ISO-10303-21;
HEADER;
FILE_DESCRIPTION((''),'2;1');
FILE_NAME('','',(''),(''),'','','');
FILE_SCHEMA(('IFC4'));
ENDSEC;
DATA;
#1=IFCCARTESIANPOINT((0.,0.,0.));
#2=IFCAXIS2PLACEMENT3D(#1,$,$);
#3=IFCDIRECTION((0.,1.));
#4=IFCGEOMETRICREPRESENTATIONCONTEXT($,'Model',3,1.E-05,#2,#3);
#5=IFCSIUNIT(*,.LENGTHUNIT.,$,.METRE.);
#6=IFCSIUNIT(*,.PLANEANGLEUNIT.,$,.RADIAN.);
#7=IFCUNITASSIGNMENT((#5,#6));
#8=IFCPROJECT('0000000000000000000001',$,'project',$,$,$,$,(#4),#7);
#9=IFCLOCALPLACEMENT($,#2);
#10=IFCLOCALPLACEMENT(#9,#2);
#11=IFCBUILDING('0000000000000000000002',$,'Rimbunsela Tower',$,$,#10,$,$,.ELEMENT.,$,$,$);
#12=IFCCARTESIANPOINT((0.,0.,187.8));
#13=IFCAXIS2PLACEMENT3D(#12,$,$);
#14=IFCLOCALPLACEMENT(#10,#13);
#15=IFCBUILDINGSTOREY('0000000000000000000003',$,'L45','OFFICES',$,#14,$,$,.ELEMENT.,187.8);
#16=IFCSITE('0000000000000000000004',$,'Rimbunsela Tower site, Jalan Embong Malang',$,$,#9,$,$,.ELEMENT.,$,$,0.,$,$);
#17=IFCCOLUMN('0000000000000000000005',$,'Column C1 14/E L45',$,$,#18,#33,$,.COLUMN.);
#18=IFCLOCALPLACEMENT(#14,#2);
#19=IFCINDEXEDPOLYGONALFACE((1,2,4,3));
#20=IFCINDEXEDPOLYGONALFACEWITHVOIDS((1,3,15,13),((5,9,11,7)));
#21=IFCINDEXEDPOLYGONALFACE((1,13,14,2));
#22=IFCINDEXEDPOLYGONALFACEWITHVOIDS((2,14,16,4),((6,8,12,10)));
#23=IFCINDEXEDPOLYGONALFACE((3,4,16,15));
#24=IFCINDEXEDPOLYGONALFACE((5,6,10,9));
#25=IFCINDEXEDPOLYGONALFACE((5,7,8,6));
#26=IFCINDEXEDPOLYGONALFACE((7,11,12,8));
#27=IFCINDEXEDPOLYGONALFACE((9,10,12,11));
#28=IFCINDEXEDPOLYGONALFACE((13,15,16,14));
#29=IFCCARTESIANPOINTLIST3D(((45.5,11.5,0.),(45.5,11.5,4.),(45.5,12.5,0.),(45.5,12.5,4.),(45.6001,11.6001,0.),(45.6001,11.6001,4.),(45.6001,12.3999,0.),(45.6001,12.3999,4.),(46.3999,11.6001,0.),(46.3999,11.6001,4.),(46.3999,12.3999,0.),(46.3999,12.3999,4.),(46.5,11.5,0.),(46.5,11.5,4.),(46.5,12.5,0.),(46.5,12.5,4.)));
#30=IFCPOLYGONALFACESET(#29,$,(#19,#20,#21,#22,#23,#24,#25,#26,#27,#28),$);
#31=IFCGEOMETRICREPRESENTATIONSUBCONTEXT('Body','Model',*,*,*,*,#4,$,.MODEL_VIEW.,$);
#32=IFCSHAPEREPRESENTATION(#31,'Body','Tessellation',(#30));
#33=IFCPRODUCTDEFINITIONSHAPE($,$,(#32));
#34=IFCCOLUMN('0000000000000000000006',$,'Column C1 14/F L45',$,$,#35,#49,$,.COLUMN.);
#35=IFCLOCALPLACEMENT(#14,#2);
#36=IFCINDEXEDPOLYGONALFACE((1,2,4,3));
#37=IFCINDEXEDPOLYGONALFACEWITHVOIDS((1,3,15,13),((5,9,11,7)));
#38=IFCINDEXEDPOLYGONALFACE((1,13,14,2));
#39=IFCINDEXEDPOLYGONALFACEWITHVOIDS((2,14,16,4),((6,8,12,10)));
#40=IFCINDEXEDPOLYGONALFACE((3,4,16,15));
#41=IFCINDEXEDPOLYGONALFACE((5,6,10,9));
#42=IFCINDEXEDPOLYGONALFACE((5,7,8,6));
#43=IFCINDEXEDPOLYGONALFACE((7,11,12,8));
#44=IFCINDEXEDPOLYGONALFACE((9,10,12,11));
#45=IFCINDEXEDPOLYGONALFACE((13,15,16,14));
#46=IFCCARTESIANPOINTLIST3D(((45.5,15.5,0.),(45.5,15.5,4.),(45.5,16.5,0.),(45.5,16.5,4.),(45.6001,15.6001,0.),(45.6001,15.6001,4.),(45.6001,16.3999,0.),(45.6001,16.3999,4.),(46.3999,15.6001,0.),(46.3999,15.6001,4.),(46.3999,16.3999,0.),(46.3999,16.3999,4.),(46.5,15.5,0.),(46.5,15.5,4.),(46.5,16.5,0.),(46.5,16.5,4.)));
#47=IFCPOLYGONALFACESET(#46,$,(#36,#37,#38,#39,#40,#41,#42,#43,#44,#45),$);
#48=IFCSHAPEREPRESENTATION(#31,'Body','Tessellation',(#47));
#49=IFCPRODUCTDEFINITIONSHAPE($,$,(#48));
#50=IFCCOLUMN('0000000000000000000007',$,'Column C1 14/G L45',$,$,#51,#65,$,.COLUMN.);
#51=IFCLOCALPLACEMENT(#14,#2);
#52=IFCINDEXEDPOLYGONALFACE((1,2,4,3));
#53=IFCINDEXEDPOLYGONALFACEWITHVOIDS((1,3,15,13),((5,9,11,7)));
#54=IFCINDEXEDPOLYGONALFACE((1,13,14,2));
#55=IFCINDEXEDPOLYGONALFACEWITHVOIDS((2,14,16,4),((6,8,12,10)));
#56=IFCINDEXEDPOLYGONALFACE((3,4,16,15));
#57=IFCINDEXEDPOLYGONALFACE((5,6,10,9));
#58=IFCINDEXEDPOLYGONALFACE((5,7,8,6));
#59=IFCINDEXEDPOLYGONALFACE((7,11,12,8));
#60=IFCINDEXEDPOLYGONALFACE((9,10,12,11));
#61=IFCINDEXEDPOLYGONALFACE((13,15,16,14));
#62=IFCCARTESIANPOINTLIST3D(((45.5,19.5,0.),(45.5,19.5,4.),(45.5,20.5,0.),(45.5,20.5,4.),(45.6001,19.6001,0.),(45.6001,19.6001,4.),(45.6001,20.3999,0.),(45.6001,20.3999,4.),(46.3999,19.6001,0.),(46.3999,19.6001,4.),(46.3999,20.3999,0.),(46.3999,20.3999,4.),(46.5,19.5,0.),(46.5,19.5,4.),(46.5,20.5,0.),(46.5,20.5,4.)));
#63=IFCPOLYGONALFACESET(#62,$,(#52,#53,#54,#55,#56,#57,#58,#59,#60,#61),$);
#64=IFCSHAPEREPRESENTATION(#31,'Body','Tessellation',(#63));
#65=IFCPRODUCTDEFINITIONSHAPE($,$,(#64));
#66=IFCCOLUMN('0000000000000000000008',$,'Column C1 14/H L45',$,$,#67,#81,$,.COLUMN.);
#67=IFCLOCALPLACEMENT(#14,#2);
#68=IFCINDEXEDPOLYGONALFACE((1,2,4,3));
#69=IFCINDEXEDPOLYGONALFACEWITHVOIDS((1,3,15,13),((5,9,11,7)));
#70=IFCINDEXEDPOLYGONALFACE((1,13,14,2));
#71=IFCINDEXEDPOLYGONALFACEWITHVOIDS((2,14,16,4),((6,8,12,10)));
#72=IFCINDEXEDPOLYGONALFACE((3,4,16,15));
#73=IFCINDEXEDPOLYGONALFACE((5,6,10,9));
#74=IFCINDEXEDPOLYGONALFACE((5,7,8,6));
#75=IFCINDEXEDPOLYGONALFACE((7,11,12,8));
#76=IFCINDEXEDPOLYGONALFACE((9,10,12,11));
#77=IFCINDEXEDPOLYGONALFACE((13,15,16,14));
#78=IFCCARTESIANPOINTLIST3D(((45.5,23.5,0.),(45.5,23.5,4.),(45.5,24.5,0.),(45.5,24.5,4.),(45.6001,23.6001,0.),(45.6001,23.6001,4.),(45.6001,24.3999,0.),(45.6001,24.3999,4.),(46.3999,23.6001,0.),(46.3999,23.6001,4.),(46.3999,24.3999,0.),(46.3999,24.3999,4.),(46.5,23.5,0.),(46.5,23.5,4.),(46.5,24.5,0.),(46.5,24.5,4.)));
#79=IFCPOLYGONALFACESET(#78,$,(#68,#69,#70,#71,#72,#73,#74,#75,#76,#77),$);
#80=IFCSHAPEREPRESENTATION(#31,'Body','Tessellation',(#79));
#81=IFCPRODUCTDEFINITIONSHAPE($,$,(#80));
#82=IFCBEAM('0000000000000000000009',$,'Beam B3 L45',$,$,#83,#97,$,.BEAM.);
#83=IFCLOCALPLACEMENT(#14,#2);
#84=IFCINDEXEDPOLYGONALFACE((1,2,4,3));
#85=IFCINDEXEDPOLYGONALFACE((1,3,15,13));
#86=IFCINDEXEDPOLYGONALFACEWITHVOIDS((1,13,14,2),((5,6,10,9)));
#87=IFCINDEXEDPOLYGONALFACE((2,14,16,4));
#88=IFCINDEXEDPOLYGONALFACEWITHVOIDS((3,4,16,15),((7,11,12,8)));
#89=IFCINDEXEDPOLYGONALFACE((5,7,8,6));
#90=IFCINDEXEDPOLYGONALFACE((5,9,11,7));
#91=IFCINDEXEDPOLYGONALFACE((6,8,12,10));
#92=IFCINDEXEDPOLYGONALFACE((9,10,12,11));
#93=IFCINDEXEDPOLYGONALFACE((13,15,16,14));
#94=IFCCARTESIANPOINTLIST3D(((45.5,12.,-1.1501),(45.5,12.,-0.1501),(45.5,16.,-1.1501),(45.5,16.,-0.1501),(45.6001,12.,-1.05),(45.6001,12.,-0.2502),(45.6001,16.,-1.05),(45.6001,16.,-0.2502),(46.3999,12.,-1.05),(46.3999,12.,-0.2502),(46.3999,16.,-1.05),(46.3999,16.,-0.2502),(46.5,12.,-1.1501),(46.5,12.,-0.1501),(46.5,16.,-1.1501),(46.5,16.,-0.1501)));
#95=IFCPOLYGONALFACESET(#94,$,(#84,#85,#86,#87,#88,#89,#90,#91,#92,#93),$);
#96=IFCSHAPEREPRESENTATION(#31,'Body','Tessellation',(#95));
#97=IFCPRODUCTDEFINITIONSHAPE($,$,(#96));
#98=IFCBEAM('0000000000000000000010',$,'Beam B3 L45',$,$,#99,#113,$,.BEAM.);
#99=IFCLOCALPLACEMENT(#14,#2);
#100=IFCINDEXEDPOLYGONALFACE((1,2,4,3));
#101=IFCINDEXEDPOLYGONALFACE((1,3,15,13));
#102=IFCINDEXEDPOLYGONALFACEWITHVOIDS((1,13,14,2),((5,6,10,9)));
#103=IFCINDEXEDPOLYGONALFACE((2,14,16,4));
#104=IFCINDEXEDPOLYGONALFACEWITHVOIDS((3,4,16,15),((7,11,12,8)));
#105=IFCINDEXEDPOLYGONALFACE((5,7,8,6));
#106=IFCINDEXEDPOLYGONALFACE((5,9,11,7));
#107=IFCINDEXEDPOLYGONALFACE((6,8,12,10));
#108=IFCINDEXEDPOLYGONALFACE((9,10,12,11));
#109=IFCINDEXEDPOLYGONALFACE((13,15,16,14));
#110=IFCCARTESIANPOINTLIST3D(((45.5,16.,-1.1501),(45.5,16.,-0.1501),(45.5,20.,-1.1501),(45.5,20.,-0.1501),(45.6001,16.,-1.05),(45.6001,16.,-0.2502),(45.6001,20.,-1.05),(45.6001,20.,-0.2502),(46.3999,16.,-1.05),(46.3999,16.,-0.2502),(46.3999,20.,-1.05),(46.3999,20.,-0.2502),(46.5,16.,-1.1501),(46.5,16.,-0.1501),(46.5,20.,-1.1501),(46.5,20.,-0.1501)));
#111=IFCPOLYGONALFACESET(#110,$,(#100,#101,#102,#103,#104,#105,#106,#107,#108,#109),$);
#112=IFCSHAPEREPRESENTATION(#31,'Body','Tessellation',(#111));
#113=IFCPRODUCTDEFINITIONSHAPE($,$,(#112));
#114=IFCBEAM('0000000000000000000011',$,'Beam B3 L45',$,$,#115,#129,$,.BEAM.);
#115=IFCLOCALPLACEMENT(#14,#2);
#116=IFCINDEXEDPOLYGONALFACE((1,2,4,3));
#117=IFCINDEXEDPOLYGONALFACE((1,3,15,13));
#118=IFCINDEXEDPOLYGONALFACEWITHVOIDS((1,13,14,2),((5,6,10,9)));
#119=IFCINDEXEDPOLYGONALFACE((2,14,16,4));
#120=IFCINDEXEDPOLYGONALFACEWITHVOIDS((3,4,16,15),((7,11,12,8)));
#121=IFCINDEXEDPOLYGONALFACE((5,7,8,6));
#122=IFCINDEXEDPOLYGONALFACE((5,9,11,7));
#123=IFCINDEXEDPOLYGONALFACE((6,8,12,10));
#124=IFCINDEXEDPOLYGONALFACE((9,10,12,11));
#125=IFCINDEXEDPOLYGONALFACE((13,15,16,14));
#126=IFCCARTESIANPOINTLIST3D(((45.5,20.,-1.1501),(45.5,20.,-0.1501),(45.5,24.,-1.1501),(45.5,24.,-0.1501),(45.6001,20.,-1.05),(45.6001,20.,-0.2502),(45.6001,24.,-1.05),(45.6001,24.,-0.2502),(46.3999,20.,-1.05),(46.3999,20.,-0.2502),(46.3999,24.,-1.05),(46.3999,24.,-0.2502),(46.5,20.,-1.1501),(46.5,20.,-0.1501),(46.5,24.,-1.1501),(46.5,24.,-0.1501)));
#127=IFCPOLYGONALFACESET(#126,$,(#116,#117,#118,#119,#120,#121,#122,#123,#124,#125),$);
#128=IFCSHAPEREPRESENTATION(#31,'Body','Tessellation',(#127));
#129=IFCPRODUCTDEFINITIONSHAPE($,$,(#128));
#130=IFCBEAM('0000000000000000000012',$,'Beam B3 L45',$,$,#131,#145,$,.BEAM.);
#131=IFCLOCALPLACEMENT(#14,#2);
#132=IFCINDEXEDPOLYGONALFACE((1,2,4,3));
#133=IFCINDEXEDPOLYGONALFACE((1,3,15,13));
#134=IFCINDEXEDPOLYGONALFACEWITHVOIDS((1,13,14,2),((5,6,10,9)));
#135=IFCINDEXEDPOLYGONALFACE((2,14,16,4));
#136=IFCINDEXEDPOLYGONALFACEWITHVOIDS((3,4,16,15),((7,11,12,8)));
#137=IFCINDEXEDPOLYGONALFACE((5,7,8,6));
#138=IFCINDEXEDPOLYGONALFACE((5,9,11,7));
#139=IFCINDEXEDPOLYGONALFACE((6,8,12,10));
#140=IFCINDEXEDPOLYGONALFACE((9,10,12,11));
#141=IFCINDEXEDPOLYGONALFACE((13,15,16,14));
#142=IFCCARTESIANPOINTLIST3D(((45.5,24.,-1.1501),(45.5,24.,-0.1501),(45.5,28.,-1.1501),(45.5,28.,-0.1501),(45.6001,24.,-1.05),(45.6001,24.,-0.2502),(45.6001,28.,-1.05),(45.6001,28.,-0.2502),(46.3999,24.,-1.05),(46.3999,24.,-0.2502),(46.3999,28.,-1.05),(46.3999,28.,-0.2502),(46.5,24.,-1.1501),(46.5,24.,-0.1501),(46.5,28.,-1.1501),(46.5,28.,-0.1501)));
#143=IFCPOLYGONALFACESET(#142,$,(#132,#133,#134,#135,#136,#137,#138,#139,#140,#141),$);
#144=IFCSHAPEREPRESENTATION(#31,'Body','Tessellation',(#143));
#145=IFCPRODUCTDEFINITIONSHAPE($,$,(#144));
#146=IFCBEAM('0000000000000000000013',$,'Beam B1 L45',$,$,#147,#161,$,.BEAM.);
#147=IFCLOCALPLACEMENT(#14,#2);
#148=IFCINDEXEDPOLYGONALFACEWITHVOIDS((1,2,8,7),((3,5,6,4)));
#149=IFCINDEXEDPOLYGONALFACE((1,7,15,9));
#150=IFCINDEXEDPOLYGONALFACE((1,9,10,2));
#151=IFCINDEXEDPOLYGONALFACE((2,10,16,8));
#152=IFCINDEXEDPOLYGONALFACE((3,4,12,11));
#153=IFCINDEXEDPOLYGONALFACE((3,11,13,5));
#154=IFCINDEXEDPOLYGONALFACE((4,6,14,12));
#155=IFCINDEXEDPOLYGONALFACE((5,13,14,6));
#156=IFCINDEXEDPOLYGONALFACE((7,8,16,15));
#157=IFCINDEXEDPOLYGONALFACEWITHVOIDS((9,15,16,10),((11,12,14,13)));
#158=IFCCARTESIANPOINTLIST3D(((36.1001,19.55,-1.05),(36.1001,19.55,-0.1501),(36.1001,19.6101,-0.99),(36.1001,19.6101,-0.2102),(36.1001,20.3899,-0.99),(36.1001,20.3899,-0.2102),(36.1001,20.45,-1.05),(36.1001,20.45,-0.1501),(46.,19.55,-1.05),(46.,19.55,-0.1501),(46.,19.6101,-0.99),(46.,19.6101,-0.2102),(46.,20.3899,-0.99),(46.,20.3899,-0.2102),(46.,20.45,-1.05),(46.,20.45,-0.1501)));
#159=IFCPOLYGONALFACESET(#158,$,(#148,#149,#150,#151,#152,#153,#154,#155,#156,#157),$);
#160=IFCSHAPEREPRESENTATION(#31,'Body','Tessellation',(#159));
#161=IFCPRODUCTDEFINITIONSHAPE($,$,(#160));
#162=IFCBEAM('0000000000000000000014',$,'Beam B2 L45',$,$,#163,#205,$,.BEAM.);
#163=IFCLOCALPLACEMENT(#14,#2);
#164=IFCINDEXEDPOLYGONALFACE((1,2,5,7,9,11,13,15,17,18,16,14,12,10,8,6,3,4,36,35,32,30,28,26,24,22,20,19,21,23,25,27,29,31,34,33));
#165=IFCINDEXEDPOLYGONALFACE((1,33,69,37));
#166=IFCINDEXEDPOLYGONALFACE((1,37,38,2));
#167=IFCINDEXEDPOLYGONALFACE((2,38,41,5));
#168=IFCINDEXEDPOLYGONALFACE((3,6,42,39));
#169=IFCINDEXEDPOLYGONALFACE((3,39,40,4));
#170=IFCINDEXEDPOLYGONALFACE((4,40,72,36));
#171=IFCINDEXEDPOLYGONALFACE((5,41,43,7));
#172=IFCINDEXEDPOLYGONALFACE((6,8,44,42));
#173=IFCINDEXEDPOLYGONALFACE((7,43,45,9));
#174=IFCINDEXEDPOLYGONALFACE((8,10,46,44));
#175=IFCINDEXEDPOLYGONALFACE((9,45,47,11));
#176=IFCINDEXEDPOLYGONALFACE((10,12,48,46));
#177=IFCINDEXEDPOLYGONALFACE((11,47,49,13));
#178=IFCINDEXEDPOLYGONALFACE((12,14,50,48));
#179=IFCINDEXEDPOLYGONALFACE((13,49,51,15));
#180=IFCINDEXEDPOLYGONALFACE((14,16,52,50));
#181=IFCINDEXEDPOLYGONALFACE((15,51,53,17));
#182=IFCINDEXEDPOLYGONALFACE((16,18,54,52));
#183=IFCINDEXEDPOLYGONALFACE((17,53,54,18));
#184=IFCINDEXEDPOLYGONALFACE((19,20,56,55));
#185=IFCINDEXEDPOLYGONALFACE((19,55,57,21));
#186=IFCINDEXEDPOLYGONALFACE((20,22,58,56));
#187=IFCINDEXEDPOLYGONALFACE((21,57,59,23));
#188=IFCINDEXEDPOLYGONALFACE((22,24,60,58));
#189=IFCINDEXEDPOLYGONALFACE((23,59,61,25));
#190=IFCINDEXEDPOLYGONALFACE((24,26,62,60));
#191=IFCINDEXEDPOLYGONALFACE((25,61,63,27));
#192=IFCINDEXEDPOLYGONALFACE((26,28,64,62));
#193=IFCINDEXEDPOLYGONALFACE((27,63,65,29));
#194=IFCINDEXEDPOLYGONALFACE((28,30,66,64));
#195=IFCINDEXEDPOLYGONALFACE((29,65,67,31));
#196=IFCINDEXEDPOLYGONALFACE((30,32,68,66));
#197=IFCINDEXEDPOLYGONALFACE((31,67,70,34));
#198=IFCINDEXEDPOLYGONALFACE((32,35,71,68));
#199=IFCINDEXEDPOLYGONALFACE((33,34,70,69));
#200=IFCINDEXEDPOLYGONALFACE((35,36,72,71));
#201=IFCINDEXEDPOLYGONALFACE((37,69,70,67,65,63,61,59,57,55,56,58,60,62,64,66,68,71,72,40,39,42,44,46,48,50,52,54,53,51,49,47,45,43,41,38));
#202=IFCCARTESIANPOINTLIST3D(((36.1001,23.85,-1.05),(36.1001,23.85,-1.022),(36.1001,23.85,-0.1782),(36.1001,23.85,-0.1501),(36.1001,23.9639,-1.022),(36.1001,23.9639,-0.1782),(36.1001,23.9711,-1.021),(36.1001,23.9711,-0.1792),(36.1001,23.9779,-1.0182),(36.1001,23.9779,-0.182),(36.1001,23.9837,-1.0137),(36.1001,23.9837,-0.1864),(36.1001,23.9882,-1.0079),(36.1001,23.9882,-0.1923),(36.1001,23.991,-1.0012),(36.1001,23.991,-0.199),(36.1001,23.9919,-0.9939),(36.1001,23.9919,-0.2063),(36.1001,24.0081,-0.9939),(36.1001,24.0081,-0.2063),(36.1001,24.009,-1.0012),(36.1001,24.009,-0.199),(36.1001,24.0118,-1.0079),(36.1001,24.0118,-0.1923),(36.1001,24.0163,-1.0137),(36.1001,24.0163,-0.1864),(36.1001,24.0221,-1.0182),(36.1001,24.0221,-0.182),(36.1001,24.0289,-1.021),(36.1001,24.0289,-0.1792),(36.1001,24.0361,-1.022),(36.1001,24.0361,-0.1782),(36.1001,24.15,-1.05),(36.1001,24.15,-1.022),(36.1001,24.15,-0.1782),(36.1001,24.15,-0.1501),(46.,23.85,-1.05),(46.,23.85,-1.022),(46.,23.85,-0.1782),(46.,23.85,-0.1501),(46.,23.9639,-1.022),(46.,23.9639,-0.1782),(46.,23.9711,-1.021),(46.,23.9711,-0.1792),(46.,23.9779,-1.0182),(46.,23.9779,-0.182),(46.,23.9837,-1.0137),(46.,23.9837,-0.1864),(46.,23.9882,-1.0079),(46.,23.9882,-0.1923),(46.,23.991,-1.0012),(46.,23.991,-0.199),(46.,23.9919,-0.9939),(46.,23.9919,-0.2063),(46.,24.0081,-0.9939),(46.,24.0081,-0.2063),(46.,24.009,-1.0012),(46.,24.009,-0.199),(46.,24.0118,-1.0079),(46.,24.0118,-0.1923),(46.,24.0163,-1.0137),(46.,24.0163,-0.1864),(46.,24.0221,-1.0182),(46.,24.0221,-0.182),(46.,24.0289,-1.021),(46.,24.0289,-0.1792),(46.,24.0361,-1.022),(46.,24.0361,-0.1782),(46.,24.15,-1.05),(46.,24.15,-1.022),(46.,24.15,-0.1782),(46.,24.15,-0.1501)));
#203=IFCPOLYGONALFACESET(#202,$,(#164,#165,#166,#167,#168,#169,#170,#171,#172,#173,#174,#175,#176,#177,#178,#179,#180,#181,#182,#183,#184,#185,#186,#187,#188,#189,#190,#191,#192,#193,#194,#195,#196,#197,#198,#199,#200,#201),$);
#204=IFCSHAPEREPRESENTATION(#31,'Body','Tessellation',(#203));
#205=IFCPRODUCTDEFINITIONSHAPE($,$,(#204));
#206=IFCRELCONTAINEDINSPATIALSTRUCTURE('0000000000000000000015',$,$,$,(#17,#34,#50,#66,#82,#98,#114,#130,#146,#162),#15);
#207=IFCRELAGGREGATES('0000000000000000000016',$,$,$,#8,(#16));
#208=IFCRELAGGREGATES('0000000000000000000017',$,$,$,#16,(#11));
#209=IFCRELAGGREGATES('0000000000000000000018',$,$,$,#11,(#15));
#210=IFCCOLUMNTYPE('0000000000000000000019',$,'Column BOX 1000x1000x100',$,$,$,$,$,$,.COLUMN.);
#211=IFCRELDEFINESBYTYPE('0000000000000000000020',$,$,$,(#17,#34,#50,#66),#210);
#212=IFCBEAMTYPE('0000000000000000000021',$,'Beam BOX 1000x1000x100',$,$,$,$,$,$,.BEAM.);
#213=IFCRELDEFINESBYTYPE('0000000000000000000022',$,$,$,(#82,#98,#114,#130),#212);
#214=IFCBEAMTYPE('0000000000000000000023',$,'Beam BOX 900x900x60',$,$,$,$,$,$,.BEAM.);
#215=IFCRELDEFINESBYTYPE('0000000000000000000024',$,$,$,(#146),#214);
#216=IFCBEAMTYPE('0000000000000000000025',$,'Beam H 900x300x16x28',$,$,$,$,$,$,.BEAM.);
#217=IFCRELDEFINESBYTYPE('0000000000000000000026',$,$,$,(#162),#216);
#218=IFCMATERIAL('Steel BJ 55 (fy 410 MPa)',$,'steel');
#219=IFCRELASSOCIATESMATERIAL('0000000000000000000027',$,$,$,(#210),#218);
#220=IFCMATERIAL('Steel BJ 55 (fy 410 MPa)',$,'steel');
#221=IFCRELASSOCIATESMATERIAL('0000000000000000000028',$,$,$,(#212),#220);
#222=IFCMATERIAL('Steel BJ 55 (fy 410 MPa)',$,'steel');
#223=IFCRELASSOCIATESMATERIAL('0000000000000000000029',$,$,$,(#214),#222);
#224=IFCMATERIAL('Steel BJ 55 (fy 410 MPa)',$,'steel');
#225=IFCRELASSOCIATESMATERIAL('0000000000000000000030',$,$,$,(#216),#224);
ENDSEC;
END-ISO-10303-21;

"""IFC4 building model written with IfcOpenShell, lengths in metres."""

from ifc_helpers import new_model, si_unit, direction, frame, origin, origin_2d, place, context, subcontext, project, spatial, hollow_rectangle, i_section, extrude, material, material_profile, profile_set, type_object, element, save


model = new_model("IFC4")

# Units and contexts
model_context = context("Model", 3, precision=1e-05, world=origin(), true_north=direction((0.0, 1.0)))
body_context = subcontext(model_context, "Body", "Model", "MODEL_VIEW")
ifc_project = project(units=[si_unit("LENGTHUNIT", "METRE"), si_unit("PLANEANGLEUNIT", "RADIAN")], contexts=[model_context])

# Site, building, storey
site_placement = place(None, origin())
site = spatial("IfcSite", under=ifc_project, at=site_placement, Name="Rimbunsela Tower site, Jalan Embong Malang", CompositionType="ELEMENT", RefElevation=0.0)
building_placement = place(site_placement, origin())
building = spatial("IfcBuilding", under=site, at=building_placement, Name="Rimbunsela Tower", CompositionType="ELEMENT")
storey_placement = place(building_placement, frame((0.0, 0.0, 187.8)))
storey = spatial("IfcBuildingStorey", under=building, at=storey_placement, Name="L45", Description="OFFICES", CompositionType="ELEMENT", Elevation=187.8)

# Columns
ifc_material_1 = material(Name="Steel BJ 55 (fy 410 MPa)", Category="steel")
ifc_material_profile_1 = material_profile(ifc_material_1, hollow_rectangle(XDim=1.0, YDim=1.0, WallThickness=0.1001, at=origin_2d()), Name="BOX 1000x1000x100")
ifc_profile_set_1 = profile_set([ifc_material_profile_1], Name="Steel BJ 55 (fy 410 MPa)")
column_type = type_object("IfcColumnType", Name="Column BOX 1000x1000x100", PredefinedType="COLUMN", material=ifc_profile_set_1)
for number, where, z_axis, x_axis, name in (
    (1, (46.0, 12.0, 0.0), (0.0, 0.0, 1.0), (1.0, 0.0, 0.0), "Column C1 14/E L45"),
    (2, (46.0, 16.0, 0.0), (0.0, 0.0, 1.0), (1.0, 0.0, 0.0), "Column C1 14/F L45"),
    (3, (46.0, 20.0, 0.0), (0.0, 0.0, 1.0), (1.0, 0.0, 0.0), "Column C1 14/G L45"),
    (4, (46.0, 24.0, 0.0), (0.0, 0.0, 1.0), (1.0, 0.0, 0.0), "Column C1 14/H L45"),
):
    element("IfcColumn", number, at=place(storey_placement, frame(where, z_axis=z_axis, x_axis=x_axis)), inside=storey, type_object=column_type, Name=name, PredefinedType="COLUMN", context=body_context, shape_type="SweptSolid", body=[
        extrude(hollow_rectangle(XDim=1.0, YDim=1.0, WallThickness=0.1001, at=origin_2d()), origin(), (0.0, 0.0, 1.0), 4.0),
    ])

# Beams
ifc_material_2 = material(Name="Steel BJ 55 (fy 410 MPa)", Category="steel")
ifc_material_profile_2 = material_profile(ifc_material_2, hollow_rectangle(XDim=1.0, YDim=1.0, WallThickness=0.1001, at=origin_2d()), Name="BOX 1000x1000x100")
ifc_profile_set_2 = profile_set([ifc_material_profile_2], Name="Steel BJ 55 (fy 410 MPa)")
beam_type_1 = type_object("IfcBeamType", Name="Beam BOX 1000x1000x100", PredefinedType="BEAM", material=ifc_profile_set_2)
for number, where, z_axis, x_axis, name in (
    (5, (46.0, 12.0, -0.6501), (0.0, 1.0, 0.0), (-1.0, 0.0, 0.0), "Beam B3 L45"),
    (6, (46.0, 16.0, -0.6501), (0.0, 1.0, 0.0), (-1.0, 0.0, 0.0), "Beam B3 L45"),
    (7, (46.0, 20.0, -0.6501), (0.0, 1.0, 0.0), (-1.0, 0.0, 0.0), "Beam B3 L45"),
    (8, (46.0, 24.0, -0.6501), (0.0, 1.0, 0.0), (-1.0, 0.0, 0.0), "Beam B3 L45"),
):
    element("IfcBeam", number, at=place(storey_placement, frame(where, z_axis=z_axis, x_axis=x_axis)), inside=storey, type_object=beam_type_1, Name=name, PredefinedType="BEAM", context=body_context, shape_type="SweptSolid", body=[
        extrude(hollow_rectangle(XDim=1.0, YDim=1.0, WallThickness=0.1001, at=origin_2d()), origin(), (0.0, 0.0, 1.0), 4.0),
    ])
ifc_material_3 = material(Name="Steel BJ 55 (fy 410 MPa)", Category="steel")
ifc_material_profile_3 = material_profile(ifc_material_3, hollow_rectangle(XDim=0.8999, YDim=0.8999, WallThickness=0.0601, at=origin_2d()), Name="BOX 900x900x60")
ifc_profile_set_3 = profile_set([ifc_material_profile_3], Name="Steel BJ 55 (fy 410 MPa)")
beam_type_2 = type_object("IfcBeamType", Name="Beam BOX 900x900x60", PredefinedType="BEAM", material=ifc_profile_set_3)
beam_1_placement = place(storey_placement, frame((36.1001, 20.0, -0.6001), z_axis=(1.0, 0.0, 0.0), x_axis=(0.0, 1.0, 0.0)))
element("IfcBeam", 9, at=beam_1_placement, inside=storey, type_object=beam_type_2, Name="Beam B1 L45", PredefinedType="BEAM", context=body_context, shape_type="SweptSolid", body=[
    extrude(hollow_rectangle(XDim=0.8999, YDim=0.8999, WallThickness=0.0601, at=origin_2d()), origin(), (0.0, 0.0, 1.0), 9.8999),
])
ifc_material_4 = material(Name="Steel BJ 55 (fy 410 MPa)", Category="steel")
ifc_material_profile_4 = material_profile(ifc_material_4, i_section(OverallWidth=0.3, OverallDepth=0.8999, WebThickness=0.0161, FlangeThickness=0.0281, FilletRadius=0.0281, at=origin_2d()), Name="H 900x300x16x28")
ifc_profile_set_4 = profile_set([ifc_material_profile_4], Name="Steel BJ 55 (fy 410 MPa)")
beam_type_3 = type_object("IfcBeamType", Name="Beam H 900x300x16x28", PredefinedType="BEAM", material=ifc_profile_set_4)
beam_2_placement = place(storey_placement, frame((36.1001, 24.0, -0.6001), z_axis=(1.0, 0.0, 0.0), x_axis=(0.0, 1.0, 0.0)))
element("IfcBeam", 10, at=beam_2_placement, inside=storey, type_object=beam_type_3, Name="Beam B2 L45", PredefinedType="BEAM", context=body_context, shape_type="SweptSolid", body=[
    extrude(i_section(OverallWidth=0.3, OverallDepth=0.8999, WebThickness=0.0161, FlangeThickness=0.0281, FilletRadius=0.0281, at=origin_2d()), origin(), (0.0, 0.0, 1.0), 9.8999),
])

save(model, "model.ifc")
